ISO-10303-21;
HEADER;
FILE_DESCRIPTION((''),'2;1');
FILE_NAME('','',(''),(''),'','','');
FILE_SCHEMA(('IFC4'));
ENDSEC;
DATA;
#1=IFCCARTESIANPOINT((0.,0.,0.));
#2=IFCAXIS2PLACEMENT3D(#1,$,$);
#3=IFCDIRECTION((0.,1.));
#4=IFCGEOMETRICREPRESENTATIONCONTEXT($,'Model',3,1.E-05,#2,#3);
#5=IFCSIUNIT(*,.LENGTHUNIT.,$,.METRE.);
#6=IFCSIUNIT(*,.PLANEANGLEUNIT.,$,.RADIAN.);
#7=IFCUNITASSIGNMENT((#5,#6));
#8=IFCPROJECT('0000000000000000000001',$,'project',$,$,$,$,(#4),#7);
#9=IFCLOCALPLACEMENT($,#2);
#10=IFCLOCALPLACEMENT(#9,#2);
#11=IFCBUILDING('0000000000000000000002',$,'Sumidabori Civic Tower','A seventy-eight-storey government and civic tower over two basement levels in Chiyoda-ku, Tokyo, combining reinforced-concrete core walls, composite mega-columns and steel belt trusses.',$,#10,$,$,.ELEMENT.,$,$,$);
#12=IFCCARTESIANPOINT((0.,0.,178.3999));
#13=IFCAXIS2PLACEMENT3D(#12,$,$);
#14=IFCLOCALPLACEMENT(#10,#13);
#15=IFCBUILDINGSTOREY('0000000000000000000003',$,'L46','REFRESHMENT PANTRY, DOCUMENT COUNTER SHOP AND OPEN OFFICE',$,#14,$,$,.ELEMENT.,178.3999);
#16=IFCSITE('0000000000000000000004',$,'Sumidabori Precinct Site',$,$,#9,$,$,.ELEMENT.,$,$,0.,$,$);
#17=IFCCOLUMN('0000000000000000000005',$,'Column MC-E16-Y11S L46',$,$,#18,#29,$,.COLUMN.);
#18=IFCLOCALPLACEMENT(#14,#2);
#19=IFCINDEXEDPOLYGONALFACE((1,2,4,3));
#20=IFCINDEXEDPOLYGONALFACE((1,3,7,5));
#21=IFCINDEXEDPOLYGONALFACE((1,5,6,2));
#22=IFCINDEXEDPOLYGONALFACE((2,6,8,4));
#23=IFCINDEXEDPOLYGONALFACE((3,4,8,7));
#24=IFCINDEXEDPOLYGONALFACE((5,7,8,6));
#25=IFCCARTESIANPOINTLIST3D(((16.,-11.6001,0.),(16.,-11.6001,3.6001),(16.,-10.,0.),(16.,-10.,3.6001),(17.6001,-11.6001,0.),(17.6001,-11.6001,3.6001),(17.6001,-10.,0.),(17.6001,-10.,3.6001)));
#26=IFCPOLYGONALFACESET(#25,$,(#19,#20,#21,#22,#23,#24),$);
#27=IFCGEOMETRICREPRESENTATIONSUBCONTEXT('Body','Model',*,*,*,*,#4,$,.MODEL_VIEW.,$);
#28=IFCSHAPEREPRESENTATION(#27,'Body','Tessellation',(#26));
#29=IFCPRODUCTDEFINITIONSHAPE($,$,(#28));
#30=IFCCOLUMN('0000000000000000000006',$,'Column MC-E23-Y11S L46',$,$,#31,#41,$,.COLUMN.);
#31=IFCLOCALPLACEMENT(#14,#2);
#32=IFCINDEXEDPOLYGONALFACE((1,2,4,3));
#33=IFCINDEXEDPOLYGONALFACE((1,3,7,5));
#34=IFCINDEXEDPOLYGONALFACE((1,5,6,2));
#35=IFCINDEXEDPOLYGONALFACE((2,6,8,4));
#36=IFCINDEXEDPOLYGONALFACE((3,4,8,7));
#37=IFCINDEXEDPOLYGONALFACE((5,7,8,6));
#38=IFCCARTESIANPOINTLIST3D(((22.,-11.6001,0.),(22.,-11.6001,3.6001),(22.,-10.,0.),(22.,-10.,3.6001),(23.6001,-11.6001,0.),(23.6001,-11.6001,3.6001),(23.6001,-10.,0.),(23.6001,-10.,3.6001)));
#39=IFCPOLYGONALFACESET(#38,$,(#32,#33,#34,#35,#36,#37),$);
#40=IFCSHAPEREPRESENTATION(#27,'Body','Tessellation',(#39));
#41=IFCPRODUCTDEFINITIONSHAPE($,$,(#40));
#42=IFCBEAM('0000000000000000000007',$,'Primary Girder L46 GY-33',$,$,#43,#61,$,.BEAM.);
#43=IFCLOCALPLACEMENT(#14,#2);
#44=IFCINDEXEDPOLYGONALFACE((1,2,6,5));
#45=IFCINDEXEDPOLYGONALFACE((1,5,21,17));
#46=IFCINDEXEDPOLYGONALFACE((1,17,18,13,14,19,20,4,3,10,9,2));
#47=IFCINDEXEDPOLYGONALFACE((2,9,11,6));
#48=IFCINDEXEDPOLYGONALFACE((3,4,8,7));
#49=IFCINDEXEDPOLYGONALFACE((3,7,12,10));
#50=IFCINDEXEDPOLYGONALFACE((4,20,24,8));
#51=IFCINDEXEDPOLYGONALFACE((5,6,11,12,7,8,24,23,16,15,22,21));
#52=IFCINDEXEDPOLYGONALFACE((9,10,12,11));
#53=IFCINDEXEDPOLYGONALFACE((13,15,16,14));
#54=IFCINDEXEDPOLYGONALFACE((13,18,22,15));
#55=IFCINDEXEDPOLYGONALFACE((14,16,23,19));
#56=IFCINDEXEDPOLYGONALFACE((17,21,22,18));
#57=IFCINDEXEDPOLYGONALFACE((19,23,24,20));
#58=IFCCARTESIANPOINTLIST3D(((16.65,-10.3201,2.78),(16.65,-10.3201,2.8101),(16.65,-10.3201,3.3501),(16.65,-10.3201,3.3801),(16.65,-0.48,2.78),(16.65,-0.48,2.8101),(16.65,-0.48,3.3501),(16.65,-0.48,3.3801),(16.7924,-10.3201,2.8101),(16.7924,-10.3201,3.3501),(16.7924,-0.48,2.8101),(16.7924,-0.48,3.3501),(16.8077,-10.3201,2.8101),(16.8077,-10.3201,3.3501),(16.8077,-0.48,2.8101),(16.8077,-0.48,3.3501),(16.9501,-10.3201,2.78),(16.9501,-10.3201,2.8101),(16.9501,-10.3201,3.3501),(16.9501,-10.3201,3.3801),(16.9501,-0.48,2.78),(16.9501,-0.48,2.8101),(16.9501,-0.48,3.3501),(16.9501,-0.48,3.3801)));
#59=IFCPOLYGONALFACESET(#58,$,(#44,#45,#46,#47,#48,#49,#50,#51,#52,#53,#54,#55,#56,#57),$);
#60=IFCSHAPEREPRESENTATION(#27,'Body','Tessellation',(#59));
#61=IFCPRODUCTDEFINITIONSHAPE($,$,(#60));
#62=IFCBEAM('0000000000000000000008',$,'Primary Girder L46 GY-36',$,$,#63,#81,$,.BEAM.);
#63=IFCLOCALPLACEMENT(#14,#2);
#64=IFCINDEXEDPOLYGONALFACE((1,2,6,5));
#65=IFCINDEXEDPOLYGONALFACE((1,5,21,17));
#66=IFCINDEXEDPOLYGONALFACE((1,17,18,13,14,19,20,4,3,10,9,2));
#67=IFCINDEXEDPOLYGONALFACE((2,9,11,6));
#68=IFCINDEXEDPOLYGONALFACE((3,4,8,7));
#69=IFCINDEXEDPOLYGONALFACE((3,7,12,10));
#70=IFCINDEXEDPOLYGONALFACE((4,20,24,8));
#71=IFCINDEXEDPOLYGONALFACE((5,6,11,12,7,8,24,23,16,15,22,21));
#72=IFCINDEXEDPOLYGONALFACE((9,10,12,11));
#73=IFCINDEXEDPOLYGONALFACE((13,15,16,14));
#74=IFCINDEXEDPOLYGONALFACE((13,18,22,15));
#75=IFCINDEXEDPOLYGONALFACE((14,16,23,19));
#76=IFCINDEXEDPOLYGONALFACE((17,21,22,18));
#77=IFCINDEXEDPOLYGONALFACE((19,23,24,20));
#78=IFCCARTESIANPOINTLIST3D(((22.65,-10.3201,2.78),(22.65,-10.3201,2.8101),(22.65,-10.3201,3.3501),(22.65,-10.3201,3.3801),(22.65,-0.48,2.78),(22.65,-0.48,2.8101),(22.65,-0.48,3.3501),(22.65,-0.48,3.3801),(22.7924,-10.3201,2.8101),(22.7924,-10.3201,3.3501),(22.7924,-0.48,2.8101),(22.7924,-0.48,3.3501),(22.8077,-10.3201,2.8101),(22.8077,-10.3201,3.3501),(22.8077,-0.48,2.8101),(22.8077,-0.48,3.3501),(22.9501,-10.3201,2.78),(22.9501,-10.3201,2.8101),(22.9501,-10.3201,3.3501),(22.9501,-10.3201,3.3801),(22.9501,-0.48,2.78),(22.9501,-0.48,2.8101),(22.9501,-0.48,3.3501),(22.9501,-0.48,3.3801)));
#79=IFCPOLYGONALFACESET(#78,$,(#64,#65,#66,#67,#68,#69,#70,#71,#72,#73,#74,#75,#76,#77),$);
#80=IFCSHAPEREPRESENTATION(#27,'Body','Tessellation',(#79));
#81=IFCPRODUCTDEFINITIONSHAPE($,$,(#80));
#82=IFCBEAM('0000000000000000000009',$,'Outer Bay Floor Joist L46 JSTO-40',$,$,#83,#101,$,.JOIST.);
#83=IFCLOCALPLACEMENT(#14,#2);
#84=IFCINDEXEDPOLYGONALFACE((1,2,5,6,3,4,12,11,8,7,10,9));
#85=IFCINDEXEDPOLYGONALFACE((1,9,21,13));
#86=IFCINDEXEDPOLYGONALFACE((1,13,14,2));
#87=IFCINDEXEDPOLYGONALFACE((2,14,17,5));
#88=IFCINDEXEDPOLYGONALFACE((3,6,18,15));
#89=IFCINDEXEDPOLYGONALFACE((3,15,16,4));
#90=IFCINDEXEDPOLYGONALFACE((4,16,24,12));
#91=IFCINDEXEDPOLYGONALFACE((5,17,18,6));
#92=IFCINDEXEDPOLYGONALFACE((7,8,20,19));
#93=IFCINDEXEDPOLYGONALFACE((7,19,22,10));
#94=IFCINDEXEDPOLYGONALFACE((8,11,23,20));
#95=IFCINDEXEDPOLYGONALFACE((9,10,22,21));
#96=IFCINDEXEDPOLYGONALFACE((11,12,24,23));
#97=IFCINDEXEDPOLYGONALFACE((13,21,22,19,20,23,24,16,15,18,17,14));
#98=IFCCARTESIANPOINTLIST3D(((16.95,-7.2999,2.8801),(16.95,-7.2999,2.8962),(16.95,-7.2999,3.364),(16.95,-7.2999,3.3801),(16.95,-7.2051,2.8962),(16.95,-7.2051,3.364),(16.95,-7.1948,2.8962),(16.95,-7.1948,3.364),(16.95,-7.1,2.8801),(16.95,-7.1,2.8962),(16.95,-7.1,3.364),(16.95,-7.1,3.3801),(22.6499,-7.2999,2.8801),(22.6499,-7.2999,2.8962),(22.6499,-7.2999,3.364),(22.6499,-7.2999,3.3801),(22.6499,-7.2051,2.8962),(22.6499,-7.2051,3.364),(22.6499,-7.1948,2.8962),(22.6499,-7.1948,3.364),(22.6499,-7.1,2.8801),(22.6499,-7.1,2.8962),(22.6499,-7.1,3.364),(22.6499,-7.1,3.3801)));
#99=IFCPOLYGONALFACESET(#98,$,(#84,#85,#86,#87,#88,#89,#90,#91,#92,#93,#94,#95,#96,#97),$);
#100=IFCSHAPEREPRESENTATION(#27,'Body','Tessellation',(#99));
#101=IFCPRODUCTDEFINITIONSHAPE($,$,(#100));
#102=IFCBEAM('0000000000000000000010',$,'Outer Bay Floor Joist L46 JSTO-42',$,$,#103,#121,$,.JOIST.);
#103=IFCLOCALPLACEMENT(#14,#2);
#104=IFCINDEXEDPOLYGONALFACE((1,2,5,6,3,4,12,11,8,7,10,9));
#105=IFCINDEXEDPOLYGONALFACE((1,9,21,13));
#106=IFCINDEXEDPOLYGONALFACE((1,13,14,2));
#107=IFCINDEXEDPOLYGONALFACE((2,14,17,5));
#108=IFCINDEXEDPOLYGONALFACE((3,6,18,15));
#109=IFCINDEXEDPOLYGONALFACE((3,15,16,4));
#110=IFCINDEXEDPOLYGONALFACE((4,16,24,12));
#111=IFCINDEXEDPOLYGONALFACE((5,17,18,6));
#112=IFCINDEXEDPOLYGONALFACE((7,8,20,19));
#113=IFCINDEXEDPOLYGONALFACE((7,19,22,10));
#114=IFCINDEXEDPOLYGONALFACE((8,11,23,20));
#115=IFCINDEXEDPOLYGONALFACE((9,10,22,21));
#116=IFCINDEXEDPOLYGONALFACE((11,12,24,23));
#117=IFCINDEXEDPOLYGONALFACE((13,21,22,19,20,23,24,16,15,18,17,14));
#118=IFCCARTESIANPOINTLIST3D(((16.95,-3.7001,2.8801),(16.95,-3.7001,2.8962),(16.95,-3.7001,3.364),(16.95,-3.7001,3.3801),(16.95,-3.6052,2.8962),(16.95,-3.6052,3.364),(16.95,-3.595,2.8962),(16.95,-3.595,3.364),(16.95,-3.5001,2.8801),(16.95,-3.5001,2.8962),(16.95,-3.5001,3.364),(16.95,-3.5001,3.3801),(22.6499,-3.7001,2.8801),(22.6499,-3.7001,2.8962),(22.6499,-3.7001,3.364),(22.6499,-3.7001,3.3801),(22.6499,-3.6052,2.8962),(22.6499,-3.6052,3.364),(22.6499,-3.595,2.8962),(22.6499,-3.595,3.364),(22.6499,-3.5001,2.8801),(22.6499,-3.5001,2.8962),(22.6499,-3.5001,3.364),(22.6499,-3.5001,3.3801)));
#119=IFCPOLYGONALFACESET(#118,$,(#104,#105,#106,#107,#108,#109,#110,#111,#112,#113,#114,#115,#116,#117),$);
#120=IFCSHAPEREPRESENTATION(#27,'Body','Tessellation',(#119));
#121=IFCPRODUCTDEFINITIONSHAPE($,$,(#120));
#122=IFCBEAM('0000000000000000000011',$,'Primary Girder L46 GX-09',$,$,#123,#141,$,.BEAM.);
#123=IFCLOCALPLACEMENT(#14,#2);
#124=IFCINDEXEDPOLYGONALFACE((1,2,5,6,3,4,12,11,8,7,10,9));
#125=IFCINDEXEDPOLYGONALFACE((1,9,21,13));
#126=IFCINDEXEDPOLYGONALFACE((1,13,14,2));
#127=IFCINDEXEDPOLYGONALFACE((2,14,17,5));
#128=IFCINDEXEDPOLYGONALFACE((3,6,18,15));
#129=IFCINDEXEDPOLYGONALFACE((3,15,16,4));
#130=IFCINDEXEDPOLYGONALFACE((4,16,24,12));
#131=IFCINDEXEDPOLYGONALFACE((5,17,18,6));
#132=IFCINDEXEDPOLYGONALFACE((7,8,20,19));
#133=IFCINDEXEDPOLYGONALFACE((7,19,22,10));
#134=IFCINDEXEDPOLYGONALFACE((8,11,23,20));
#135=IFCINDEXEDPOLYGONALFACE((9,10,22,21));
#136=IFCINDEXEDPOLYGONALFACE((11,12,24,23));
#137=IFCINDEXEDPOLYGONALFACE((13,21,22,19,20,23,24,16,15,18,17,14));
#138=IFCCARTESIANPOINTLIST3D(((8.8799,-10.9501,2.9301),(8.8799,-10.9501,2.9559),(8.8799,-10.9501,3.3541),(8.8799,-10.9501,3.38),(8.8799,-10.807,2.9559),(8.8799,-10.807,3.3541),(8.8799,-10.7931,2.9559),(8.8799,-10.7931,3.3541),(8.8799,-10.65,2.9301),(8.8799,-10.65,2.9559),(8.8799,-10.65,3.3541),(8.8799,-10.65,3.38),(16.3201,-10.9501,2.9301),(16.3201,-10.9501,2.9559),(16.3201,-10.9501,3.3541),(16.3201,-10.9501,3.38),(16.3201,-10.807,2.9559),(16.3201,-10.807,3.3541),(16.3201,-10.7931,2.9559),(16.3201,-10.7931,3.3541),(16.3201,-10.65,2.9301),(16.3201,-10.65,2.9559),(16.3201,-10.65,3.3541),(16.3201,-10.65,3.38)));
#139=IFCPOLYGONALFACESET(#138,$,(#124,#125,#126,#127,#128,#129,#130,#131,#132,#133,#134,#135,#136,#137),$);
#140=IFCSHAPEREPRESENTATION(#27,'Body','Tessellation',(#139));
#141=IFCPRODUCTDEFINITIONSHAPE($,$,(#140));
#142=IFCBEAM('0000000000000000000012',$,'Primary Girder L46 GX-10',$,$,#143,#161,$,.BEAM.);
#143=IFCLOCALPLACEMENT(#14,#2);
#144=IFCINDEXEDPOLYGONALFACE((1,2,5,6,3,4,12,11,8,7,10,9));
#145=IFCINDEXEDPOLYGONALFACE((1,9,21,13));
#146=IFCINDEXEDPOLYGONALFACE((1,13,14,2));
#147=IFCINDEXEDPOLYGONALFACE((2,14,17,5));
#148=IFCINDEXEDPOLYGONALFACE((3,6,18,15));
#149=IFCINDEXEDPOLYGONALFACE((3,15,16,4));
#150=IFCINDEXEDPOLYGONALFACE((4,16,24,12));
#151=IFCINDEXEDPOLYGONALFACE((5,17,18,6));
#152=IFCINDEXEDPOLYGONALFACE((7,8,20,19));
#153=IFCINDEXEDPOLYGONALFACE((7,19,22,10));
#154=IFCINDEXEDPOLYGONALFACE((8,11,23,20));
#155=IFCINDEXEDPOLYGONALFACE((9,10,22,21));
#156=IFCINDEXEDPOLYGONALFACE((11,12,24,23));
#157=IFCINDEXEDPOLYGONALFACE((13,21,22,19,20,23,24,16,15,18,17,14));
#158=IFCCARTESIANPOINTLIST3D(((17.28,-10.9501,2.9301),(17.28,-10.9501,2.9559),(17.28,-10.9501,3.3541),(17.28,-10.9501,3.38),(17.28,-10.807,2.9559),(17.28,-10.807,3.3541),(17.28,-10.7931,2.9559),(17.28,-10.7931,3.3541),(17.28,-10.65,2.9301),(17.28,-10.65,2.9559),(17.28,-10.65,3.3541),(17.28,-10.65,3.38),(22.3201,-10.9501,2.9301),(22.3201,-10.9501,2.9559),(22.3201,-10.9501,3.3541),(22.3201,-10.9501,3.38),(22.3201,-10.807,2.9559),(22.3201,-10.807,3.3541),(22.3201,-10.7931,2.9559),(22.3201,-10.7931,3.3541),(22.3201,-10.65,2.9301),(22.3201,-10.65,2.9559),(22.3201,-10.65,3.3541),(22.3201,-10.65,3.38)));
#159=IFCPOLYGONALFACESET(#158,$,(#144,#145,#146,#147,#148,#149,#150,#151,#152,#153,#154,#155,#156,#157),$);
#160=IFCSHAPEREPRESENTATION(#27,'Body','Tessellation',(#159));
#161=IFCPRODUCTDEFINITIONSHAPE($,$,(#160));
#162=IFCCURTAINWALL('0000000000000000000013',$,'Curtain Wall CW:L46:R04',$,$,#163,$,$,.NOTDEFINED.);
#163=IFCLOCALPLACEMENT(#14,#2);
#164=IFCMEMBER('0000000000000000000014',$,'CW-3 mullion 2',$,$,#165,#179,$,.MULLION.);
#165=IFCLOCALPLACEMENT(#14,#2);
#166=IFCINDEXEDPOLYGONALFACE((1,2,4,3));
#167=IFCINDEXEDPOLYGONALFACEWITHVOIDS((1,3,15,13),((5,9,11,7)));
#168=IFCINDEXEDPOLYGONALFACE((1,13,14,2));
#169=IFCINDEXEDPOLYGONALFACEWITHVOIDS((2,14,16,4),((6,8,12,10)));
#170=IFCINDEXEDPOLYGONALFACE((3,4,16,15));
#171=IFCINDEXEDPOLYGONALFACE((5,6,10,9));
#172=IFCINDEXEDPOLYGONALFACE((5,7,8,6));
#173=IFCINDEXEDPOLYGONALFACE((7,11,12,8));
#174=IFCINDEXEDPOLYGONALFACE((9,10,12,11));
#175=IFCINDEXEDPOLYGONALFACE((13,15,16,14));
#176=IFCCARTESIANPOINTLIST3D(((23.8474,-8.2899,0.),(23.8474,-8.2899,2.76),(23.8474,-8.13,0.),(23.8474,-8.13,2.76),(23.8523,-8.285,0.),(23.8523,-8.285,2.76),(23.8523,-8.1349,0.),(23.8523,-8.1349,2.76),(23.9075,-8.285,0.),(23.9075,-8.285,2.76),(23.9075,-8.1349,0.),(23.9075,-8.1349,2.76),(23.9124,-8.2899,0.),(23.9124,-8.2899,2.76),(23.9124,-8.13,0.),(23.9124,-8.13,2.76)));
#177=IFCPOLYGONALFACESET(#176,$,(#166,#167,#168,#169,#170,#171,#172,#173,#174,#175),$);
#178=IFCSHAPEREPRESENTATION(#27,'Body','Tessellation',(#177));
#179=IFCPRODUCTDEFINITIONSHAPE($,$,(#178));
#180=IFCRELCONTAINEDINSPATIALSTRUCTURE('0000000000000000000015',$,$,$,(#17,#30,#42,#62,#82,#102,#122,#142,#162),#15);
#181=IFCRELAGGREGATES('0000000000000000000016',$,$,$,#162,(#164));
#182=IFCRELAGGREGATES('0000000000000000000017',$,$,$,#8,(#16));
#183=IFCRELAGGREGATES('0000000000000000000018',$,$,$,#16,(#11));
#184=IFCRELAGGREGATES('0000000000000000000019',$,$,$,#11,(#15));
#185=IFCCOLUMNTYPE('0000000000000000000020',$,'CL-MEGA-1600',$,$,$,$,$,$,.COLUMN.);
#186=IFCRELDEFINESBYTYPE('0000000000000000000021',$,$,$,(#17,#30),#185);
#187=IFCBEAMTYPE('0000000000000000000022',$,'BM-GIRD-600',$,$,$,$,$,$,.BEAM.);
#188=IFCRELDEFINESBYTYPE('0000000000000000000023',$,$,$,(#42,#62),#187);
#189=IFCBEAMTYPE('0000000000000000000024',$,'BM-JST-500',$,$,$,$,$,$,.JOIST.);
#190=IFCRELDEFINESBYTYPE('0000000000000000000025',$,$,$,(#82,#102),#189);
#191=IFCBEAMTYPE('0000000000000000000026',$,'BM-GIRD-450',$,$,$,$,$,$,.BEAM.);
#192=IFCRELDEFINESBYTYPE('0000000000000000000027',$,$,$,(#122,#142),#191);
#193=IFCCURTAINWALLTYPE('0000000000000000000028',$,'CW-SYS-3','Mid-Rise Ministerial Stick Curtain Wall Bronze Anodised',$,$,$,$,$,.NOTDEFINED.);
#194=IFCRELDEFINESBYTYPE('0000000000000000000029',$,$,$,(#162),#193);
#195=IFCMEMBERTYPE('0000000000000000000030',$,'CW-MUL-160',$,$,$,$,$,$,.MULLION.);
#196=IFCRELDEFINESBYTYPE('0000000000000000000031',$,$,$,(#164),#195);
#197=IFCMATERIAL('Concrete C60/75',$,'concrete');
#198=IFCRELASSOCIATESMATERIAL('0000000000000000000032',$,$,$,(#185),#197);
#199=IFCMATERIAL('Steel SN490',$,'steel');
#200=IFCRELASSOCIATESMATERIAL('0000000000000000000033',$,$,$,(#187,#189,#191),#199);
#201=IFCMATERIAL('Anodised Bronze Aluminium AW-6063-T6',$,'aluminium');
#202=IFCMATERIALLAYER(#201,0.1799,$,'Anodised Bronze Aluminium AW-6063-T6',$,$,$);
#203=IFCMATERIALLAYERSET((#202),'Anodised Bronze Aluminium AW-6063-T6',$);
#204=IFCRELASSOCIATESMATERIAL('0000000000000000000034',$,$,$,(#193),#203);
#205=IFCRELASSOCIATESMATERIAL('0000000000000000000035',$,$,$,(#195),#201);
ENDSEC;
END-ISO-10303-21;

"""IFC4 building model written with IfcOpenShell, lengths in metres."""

from ifc_helpers import new_model, si_unit, direction, frame, origin, origin_2d, place, context, subcontext, project, spatial, rectangle, hollow_rectangle, i_section, extrude, source, transform, mapped, material, layer, layer_set, material_profile, profile_set, type_object, element, aggregate, save


model = new_model("IFC4")

# Units and contexts
model_context = context("Model", 3, precision=1e-05, world=origin(), true_north=direction((0.0, 1.0)))
body_context = subcontext(model_context, "Body", "Model", "MODEL_VIEW")
ifc_project = project(units=[si_unit("LENGTHUNIT", "METRE"), si_unit("PLANEANGLEUNIT", "RADIAN")], contexts=[model_context])

# Site, building, storey
site_placement = place(None, origin())
site = spatial("IfcSite", under=ifc_project, at=site_placement, Name="Sumidabori Precinct Site", CompositionType="ELEMENT", RefElevation=0.0)
building_placement = place(site_placement, origin())
building = spatial("IfcBuilding", under=site, at=building_placement, Name="Sumidabori Civic Tower", Description="A seventy-eight-storey government and civic tower over two basement levels in Chiyoda-ku, Tokyo, combining reinforced-concrete core walls, composite mega-columns and steel belt trusses.", CompositionType="ELEMENT")
storey_placement = place(building_placement, frame((0.0, 0.0, 178.3999)))
storey = spatial("IfcBuildingStorey", under=building, at=storey_placement, Name="L46", Description="REFRESHMENT PANTRY, DOCUMENT COUNTER SHOP AND OPEN OFFICE", CompositionType="ELEMENT", Elevation=178.3999)

# Columns
ifc_material_1 = material(Name="Concrete C60/75", Category="concrete")
ifc_material_profile_1 = material_profile(ifc_material_1, rectangle(XDim=1.6001, YDim=1.6001, at=origin_2d()), Name="RC 1600x1600")
ifc_profile_set_1 = profile_set([ifc_material_profile_1], Name="Concrete C60/75")
column_type = type_object("IfcColumnType", Name="CL-MEGA-1600", PredefinedType="COLUMN", material=ifc_profile_set_1)
shared_shape_1 = source(origin(), body_context, "Body", "SweptSolid", [
    extrude(rectangle(XDim=1.6001, YDim=1.6001, at=origin_2d()), origin(), (0.0, 0.0, 1.0), 3.6001),
])
for number, where, z_axis, x_axis, name in (
    (1, (16.8, -10.8, 0.0), (0.0, 0.0, 1.0), (1.0, 0.0, 0.0), "Column MC-E16-Y11S L46"),
    (2, (22.8, -10.8, 0.0), (0.0, 0.0, 1.0), (1.0, 0.0, 0.0), "Column MC-E23-Y11S L46"),
):
    element("IfcColumn", number, at=place(storey_placement, frame(where, z_axis=z_axis, x_axis=x_axis)), inside=storey, type_object=column_type, Name=name, PredefinedType="COLUMN", context=body_context, shape_type="MappedRepresentation", body=[
        mapped(shared_shape_1, transform((0.0, 0.0, 0.0), x_axis=(1.0, 0.0, 0.0), y_axis=(0.0, 1.0, 0.0), z_axis=(0.0, 0.0, 1.0), scale=1.0)),
    ])

# Beams
ifc_material_2 = material(Name="Steel SN490", Category="steel")
ifc_material_profile_2 = material_profile(ifc_material_2, i_section(OverallWidth=0.3, OverallDepth=0.6001, WebThickness=0.0154, FlangeThickness=0.03, at=origin_2d()), Name="HE 600 B")
ifc_profile_set_2 = profile_set([ifc_material_profile_2], Name="Steel SN490")
beam_type_1 = type_object("IfcBeamType", Name="BM-GIRD-600", PredefinedType="BEAM", material=ifc_profile_set_2)
shared_shape_2 = source(origin(), body_context, "Body", "SweptSolid", [
    extrude(i_section(OverallWidth=0.3, OverallDepth=0.6001, WebThickness=0.0154, FlangeThickness=0.03, at=origin_2d()), origin(), (0.0, 0.0, 1.0), 9.8401),
])
for number, where, z_axis, x_axis, name in (
    (3, (16.8, -10.3201, 3.0801), (0.0, 1.0, 0.0), (-1.0, 0.0, 0.0), "Primary Girder L46 GY-33"),
    (4, (22.8, -10.3201, 3.0801), (0.0, 1.0, 0.0), (-1.0, 0.0, 0.0), "Primary Girder L46 GY-36"),
):
    element("IfcBeam", number, at=place(storey_placement, frame(where, z_axis=z_axis, x_axis=x_axis)), inside=storey, type_object=beam_type_1, Name=name, PredefinedType="BEAM", context=body_context, shape_type="MappedRepresentation", body=[
        mapped(shared_shape_2, transform((0.0, 0.0, 0.0), x_axis=(1.0, 0.0, 0.0), y_axis=(0.0, 1.0, 0.0), z_axis=(0.0, 0.0, 1.0), scale=1.0)),
    ])
ifc_material_profile_3 = material_profile(ifc_material_2, i_section(OverallWidth=0.2, OverallDepth=0.5, WebThickness=0.0103, FlangeThickness=0.0161, at=origin_2d()), Name="IPE 500")
ifc_profile_set_3 = profile_set([ifc_material_profile_3], Name="Steel SN490")
beam_type_2 = type_object("IfcBeamType", Name="BM-JST-500", PredefinedType="JOIST", material=ifc_profile_set_3)
shared_shape_3 = source(origin(), body_context, "Body", "SweptSolid", [
    extrude(i_section(OverallWidth=0.2, OverallDepth=0.5, WebThickness=0.0103, FlangeThickness=0.0161, at=origin_2d()), origin(), (0.0, 0.0, 1.0), 5.7),
])
for number, where, z_axis, x_axis, name in (
    (5, (16.95, -7.2, 3.1301), (1.0, 0.0, 0.0), (0.0, 1.0, 0.0), "Outer Bay Floor Joist L46 JSTO-40"),
    (6, (16.95, -3.6001, 3.1301), (1.0, 0.0, 0.0), (0.0, 1.0, 0.0), "Outer Bay Floor Joist L46 JSTO-42"),
):
    element("IfcBeam", number, at=place(storey_placement, frame(where, z_axis=z_axis, x_axis=x_axis)), inside=storey, type_object=beam_type_2, Name=name, PredefinedType="JOIST", context=body_context, shape_type="MappedRepresentation", body=[
        mapped(shared_shape_3, transform((0.0, 0.0, 0.0), x_axis=(1.0, 0.0, 0.0), y_axis=(0.0, 1.0, 0.0), z_axis=(0.0, 0.0, 1.0), scale=1.0)),
    ])
ifc_material_profile_4 = material_profile(ifc_material_2, i_section(OverallWidth=0.3, OverallDepth=0.45, WebThickness=0.0139, FlangeThickness=0.0259, at=origin_2d()), Name="HE 450 B")
ifc_profile_set_4 = profile_set([ifc_material_profile_4], Name="Steel SN490")
beam_type_3 = type_object("IfcBeamType", Name="BM-GIRD-450", PredefinedType="BEAM", material=ifc_profile_set_4)
shared_shape_4 = source(origin(), body_context, "Body", "SweptSolid", [
    extrude(i_section(OverallWidth=0.3, OverallDepth=0.45, WebThickness=0.0139, FlangeThickness=0.0259, at=origin_2d()), origin(), (0.0, 0.0, 1.0), 7.4402),
])
beam_1_placement = place(storey_placement, frame((8.8799, -10.8, 3.155), z_axis=(1.0, 0.0, 0.0), x_axis=(0.0, 1.0, 0.0)))
element("IfcBeam", 7, at=beam_1_placement, inside=storey, type_object=beam_type_3, Name="Primary Girder L46 GX-09", PredefinedType="BEAM", context=body_context, shape_type="MappedRepresentation", body=[
    mapped(shared_shape_4, transform((0.0, 0.0, 0.0), x_axis=(1.0, 0.0, 0.0), y_axis=(0.0, 1.0, 0.0), z_axis=(0.0, 0.0, 1.0), scale=1.0)),
])
shared_shape_5 = source(origin(), body_context, "Body", "SweptSolid", [
    extrude(i_section(OverallWidth=0.3, OverallDepth=0.45, WebThickness=0.0139, FlangeThickness=0.0259, at=origin_2d()), origin(), (0.0, 0.0, 1.0), 5.04),
])
beam_2_placement = place(storey_placement, frame((17.28, -10.8, 3.155), z_axis=(1.0, 0.0, 0.0), x_axis=(0.0, 1.0, 0.0)))
element("IfcBeam", 8, at=beam_2_placement, inside=storey, type_object=beam_type_3, Name="Primary Girder L46 GX-10", PredefinedType="BEAM", context=body_context, shape_type="MappedRepresentation", body=[
    mapped(shared_shape_5, transform((0.0, 0.0, 0.0), x_axis=(1.0, 0.0, 0.0), y_axis=(0.0, 1.0, 0.0), z_axis=(0.0, 0.0, 1.0), scale=1.0)),
])

# Curtain wall, member
ifc_material_3 = material(Name="Anodised Bronze Aluminium AW-6063-T6", Category="aluminium")
ifc_layer_1 = layer(ifc_material_3, 0.1799, Name="Anodised Bronze Aluminium AW-6063-T6")
ifc_layer_set_1 = layer_set([ifc_layer_1], Name="Anodised Bronze Aluminium AW-6063-T6")
curtain_wall_type = type_object("IfcCurtainWallType", Name="CW-SYS-3", Description="Mid-Rise Ministerial Stick Curtain Wall Bronze Anodised", PredefinedType="NOTDEFINED", material=ifc_layer_set_1)
curtain_wall_placement = place(storey_placement, origin())
curtain_wall = element("IfcCurtainWall", 9, at=curtain_wall_placement, inside=storey, type_object=curtain_wall_type, Name="Curtain Wall CW:L46:R04", PredefinedType="NOTDEFINED")
ifc_material_profile_5 = material_profile(ifc_material_3, hollow_rectangle(XDim=0.0649, YDim=0.1599, WallThickness=0.0049, at=origin_2d()), Name="ALU MULLION 160x65")
ifc_profile_set_5 = profile_set([ifc_material_profile_5], Name="Anodised Bronze Aluminium AW-6063-T6")
member_type_1 = type_object("IfcMemberType", Name="CW-MUL-160", PredefinedType="MULLION", material=ifc_profile_set_5)
shared_shape_6 = source(origin(), body_context, "Body", "SweptSolid", [
    extrude(hollow_rectangle(XDim=0.0649, YDim=0.1599, WallThickness=0.0049, at=origin_2d()), origin(), (0.0, 0.0, 1.0), 2.76),
])
member_1_placement = place(storey_placement, frame((23.8799, -8.21, 0.0), z_axis=(0.0, 0.0, 1.0), x_axis=(-1.0, 0.0, 0.0)))
member_1 = element("IfcMember", 10, at=member_1_placement, type_object=member_type_1, Name="CW-3 mullion 2", PredefinedType="MULLION", context=body_context, shape_type="MappedRepresentation", body=[
    mapped(shared_shape_6, transform((0.0, 0.0, 0.0), x_axis=(1.0, 0.0, 0.0), y_axis=(0.0, 1.0, 0.0), z_axis=(0.0, 0.0, 1.0), scale=1.0)),
])
aggregate(curtain_wall, [member_1])

save(model, "model.ifc")
